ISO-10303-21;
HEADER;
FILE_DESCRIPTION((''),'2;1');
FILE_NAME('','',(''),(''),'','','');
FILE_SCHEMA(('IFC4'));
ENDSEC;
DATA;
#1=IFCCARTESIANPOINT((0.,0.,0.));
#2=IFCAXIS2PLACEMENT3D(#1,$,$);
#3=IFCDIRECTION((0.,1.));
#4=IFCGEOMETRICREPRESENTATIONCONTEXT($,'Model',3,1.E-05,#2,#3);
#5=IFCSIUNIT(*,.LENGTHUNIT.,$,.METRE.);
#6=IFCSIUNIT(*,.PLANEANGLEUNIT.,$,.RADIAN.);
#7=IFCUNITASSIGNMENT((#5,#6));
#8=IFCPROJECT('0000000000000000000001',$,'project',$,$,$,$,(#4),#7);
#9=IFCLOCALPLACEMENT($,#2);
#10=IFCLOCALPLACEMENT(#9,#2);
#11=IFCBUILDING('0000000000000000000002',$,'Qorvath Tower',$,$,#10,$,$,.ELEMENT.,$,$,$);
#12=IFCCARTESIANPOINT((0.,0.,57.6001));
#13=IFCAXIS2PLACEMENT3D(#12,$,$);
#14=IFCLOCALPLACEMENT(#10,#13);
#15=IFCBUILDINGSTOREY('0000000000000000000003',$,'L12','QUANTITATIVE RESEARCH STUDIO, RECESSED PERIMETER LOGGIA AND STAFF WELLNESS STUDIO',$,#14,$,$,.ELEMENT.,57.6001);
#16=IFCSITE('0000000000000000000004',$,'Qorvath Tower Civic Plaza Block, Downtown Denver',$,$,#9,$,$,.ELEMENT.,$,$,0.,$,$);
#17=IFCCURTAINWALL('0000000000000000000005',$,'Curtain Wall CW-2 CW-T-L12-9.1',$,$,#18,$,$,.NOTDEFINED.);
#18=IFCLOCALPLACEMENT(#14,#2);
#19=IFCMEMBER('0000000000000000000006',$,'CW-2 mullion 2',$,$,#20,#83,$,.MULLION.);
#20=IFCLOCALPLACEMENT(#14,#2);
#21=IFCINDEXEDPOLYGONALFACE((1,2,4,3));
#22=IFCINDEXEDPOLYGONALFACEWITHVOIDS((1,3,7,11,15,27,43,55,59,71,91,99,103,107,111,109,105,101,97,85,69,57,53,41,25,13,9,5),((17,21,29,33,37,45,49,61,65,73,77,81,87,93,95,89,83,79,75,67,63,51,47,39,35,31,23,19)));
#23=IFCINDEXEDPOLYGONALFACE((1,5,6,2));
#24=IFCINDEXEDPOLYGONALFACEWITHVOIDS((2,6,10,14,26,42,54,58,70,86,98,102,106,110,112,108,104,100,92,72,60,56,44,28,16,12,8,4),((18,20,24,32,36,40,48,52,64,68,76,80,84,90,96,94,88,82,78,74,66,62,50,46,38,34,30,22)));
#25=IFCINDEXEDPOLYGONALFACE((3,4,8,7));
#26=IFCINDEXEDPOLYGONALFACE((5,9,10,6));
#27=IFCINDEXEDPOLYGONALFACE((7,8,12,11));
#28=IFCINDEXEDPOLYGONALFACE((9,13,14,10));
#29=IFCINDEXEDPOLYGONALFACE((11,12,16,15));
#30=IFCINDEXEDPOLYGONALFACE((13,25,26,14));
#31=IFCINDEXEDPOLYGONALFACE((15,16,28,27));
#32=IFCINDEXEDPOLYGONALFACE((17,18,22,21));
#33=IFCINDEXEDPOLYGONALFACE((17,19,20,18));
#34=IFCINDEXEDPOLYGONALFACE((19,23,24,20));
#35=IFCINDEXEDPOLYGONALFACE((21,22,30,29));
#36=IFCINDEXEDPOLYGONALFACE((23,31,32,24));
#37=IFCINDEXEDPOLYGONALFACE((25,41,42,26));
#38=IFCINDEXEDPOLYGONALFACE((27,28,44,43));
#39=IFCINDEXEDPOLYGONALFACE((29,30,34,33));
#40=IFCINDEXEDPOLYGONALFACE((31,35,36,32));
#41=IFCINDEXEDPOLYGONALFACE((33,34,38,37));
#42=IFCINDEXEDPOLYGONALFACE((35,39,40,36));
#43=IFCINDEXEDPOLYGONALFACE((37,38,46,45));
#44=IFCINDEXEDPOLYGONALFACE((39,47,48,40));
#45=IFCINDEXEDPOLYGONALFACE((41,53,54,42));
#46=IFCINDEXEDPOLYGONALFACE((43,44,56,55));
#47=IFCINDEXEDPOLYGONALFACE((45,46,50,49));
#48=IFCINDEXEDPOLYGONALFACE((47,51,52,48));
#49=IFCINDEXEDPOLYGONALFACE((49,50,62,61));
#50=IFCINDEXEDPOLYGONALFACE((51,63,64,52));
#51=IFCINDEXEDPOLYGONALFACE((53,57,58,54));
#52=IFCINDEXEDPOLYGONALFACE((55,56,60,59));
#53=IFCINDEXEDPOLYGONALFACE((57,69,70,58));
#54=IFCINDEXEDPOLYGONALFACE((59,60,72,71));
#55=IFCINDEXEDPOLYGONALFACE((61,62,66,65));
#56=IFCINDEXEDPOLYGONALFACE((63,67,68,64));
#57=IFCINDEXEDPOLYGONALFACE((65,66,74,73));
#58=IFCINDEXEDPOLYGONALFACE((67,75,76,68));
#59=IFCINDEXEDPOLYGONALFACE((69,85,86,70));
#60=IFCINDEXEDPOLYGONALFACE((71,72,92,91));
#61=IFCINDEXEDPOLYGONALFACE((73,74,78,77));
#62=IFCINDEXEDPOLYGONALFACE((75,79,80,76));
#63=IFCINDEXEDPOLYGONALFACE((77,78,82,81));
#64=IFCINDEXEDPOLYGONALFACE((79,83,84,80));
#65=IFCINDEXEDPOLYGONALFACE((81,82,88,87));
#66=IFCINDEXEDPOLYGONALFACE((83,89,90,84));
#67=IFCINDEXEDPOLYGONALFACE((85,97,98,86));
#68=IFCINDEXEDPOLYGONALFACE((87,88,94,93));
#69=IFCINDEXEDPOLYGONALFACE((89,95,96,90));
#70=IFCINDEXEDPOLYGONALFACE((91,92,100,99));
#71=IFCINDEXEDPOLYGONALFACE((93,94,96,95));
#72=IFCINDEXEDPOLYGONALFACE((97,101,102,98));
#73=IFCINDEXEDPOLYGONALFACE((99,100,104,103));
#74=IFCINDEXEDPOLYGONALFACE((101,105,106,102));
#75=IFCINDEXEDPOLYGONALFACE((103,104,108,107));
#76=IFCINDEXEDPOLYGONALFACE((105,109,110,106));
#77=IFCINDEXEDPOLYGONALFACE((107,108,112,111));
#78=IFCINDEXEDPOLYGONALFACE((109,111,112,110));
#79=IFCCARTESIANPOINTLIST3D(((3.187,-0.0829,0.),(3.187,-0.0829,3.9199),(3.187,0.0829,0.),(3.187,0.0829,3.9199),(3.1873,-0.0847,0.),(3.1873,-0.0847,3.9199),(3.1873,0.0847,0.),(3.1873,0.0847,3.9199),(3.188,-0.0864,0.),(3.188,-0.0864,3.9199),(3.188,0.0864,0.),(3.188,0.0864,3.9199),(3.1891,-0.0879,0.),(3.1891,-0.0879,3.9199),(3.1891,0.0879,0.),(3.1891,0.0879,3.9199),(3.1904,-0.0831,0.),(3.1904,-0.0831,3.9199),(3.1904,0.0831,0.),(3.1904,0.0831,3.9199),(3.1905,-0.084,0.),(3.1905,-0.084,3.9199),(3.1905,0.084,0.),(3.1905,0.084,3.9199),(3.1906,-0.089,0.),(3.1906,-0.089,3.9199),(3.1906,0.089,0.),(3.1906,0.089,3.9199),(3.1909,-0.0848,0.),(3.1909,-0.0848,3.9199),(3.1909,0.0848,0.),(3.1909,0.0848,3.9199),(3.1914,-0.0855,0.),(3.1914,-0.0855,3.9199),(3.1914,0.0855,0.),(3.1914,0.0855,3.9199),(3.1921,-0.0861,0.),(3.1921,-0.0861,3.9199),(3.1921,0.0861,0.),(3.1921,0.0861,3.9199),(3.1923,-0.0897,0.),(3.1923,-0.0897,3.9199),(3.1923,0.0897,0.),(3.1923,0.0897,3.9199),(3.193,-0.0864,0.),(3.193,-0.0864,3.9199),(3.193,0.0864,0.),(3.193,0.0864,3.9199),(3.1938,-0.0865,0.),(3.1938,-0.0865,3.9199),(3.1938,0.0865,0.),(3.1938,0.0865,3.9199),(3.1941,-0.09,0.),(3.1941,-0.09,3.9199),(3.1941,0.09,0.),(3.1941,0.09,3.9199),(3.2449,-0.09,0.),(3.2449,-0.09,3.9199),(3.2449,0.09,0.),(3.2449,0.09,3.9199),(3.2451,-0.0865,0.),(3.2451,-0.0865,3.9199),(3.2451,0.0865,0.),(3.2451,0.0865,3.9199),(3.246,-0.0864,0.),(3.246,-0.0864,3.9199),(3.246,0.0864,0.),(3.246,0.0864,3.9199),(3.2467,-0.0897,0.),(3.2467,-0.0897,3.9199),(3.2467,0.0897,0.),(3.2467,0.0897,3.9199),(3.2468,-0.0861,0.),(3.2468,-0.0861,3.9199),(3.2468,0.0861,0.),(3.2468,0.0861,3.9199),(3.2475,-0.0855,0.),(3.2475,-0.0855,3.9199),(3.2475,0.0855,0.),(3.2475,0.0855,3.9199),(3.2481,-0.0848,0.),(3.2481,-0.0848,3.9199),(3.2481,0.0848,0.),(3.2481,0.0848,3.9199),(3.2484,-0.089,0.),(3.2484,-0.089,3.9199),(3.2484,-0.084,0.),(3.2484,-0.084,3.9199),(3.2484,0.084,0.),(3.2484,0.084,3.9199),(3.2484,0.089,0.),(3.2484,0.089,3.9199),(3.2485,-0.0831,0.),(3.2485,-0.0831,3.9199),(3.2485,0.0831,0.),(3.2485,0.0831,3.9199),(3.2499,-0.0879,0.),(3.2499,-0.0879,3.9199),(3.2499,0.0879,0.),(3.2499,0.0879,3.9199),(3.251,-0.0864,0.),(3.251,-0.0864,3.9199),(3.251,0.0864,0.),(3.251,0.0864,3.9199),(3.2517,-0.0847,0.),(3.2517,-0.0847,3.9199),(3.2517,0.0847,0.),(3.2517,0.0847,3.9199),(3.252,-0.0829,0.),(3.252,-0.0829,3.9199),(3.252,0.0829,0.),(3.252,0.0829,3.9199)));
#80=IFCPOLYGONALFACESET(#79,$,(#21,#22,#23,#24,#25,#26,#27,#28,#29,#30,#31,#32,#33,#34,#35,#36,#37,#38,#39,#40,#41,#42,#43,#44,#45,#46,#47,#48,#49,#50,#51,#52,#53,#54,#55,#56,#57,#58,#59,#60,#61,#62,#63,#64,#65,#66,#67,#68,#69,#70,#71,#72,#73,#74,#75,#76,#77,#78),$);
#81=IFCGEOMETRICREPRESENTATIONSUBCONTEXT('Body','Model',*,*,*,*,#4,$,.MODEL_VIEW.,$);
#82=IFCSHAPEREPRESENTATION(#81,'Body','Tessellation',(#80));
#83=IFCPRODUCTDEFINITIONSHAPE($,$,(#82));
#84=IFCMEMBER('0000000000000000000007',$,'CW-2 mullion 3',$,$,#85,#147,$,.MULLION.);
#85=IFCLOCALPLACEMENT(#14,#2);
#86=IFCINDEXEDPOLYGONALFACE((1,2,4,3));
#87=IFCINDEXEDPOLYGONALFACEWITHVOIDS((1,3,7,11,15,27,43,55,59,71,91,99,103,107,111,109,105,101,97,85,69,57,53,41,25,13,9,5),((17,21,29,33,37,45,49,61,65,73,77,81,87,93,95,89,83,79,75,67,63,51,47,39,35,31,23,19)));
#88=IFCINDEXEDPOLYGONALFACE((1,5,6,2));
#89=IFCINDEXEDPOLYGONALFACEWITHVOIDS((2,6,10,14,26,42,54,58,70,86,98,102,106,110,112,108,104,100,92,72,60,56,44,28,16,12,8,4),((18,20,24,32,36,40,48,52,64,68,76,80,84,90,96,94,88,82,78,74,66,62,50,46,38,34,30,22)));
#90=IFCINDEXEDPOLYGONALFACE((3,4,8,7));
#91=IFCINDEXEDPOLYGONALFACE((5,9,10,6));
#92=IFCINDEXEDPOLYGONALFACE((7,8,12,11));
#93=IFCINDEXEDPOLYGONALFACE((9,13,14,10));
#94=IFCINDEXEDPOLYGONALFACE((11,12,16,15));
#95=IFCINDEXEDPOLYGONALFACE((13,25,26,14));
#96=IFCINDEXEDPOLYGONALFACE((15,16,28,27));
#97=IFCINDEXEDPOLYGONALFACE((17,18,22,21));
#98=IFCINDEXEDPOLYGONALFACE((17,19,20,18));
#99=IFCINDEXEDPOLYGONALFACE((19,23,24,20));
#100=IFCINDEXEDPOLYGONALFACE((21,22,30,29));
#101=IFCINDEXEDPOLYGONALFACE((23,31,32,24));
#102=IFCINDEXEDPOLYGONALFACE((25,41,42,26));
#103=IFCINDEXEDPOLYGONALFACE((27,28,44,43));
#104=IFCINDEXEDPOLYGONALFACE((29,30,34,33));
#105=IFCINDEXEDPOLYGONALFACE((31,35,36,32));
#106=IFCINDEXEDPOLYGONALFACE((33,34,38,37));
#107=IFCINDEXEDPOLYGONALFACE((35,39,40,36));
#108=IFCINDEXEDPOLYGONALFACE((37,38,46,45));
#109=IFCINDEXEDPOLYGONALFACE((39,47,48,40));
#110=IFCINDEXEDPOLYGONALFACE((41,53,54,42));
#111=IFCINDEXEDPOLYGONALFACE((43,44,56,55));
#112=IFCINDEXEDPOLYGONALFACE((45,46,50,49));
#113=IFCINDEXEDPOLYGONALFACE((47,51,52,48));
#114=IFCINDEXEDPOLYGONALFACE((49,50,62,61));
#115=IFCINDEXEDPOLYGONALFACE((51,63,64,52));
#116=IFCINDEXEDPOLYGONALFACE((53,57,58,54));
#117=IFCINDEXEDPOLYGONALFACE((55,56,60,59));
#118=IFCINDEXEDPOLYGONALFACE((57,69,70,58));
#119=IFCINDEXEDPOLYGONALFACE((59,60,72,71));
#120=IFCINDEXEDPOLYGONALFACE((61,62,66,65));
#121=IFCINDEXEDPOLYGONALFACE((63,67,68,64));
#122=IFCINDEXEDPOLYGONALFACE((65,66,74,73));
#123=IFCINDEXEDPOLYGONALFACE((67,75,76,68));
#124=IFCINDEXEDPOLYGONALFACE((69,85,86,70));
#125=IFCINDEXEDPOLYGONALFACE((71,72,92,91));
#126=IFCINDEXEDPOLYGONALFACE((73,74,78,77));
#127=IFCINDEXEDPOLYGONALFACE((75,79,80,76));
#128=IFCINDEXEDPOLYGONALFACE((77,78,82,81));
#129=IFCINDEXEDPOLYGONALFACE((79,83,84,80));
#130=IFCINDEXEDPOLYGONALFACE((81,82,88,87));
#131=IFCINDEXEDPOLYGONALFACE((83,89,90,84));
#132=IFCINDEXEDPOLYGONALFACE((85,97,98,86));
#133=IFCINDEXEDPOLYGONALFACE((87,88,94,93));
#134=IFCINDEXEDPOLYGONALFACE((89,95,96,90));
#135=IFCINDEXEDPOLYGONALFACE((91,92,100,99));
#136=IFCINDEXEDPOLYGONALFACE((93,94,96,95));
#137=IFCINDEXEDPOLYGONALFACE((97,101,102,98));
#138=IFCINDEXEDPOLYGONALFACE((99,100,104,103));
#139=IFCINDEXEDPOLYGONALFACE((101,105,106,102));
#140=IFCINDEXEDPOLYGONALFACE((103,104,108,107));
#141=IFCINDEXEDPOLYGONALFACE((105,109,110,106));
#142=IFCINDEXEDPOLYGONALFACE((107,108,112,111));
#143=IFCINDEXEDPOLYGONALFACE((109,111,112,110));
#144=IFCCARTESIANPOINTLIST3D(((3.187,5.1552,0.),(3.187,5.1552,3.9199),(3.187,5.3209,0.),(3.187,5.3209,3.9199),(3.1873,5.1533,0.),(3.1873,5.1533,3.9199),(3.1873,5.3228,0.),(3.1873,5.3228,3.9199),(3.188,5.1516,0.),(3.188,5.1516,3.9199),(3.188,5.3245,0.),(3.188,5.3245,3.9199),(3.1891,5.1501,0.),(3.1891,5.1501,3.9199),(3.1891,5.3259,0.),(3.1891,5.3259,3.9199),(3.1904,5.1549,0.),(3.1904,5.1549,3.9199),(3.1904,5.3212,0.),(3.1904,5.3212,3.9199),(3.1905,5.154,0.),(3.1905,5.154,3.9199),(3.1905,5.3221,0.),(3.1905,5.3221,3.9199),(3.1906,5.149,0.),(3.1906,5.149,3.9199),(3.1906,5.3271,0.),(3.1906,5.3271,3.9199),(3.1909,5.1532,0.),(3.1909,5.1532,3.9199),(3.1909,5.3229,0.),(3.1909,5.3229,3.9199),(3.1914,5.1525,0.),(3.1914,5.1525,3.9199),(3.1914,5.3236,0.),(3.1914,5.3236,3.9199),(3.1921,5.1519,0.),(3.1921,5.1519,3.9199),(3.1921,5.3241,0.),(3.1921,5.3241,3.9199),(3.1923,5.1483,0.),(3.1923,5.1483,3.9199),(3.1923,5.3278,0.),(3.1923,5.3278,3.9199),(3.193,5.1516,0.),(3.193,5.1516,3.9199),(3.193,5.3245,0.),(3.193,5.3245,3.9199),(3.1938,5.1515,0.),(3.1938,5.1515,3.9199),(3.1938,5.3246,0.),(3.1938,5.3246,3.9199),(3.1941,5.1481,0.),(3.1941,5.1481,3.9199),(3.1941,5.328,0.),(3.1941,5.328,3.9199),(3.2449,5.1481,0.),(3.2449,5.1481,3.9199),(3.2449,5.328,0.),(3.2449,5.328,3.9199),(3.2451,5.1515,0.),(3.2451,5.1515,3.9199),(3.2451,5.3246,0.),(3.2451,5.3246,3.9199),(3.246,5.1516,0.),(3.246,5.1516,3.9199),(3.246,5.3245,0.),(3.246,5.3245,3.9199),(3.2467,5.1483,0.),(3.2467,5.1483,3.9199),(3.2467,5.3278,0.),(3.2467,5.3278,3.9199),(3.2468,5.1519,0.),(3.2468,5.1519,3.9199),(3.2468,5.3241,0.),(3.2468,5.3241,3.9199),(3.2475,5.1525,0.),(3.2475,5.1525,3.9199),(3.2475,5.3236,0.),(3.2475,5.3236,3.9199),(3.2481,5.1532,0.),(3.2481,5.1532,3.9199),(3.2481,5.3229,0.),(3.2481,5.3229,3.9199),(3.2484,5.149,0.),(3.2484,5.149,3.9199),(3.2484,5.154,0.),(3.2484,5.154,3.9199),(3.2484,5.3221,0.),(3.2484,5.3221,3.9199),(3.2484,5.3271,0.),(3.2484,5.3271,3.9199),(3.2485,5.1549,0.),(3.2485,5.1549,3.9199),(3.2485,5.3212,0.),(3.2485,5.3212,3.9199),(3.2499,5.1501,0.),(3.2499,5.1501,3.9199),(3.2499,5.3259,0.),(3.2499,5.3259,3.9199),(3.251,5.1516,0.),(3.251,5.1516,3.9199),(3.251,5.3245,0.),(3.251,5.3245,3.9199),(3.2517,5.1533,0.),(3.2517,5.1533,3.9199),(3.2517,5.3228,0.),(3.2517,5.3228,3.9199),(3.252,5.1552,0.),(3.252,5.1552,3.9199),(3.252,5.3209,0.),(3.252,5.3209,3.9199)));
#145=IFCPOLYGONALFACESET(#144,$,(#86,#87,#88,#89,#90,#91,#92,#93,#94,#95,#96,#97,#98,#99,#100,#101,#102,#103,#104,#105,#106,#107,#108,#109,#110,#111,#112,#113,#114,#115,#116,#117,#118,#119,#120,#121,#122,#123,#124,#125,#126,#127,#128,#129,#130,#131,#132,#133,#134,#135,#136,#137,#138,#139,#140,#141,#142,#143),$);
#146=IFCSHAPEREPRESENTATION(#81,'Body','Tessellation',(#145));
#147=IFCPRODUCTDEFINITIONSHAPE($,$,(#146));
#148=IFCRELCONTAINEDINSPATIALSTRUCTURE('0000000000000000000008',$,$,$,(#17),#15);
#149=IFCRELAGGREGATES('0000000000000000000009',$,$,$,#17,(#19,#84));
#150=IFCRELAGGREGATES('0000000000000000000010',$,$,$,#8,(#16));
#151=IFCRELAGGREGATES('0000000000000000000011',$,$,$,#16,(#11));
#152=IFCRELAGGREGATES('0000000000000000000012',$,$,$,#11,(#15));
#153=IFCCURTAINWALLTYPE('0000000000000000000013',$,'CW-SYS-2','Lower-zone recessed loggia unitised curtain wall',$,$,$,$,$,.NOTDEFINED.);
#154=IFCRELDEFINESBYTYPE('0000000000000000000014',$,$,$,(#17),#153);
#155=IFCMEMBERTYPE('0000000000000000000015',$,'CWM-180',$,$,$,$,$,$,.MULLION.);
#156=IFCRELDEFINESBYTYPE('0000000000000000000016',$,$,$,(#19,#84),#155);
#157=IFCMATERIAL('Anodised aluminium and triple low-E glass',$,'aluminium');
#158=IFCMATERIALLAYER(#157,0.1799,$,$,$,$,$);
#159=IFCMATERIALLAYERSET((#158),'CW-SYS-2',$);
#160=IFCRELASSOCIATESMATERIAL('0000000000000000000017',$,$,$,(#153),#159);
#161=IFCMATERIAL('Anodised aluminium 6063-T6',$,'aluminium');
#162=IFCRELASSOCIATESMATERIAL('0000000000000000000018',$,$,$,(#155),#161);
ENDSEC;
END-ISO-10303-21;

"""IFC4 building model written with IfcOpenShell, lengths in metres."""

from ifc_helpers import new_model, si_unit, direction, frame, origin, origin_2d, place, context, subcontext, project, spatial, hollow_rectangle, extrude, material, layer, layer_set, material_profile, profile_set, type_object, element, aggregate, save


model = new_model("IFC4")

# Units and contexts
model_context = context("Model", 3, precision=1e-05, world=origin(), true_north=direction((0.0, 1.0)))
body_context = subcontext(model_context, "Body", "Model", "MODEL_VIEW")
ifc_project = project(units=[si_unit("LENGTHUNIT", "METRE"), si_unit("PLANEANGLEUNIT", "RADIAN")], contexts=[model_context])

# Site, building, storey
site_placement = place(None, origin())
site = spatial("IfcSite", under=ifc_project, at=site_placement, Name="Qorvath Tower Civic Plaza Block, Downtown Denver", CompositionType="ELEMENT", RefElevation=0.0)
building_placement = place(site_placement, origin())
building = spatial("IfcBuilding", under=site, at=building_placement, Name="Qorvath Tower", CompositionType="ELEMENT")
storey_placement = place(building_placement, frame((0.0, 0.0, 57.6001)))
storey = spatial("IfcBuildingStorey", under=building, at=storey_placement, Name="L12", Description="QUANTITATIVE RESEARCH STUDIO, RECESSED PERIMETER LOGGIA AND STAFF WELLNESS STUDIO", CompositionType="ELEMENT", Elevation=57.6001)

# Curtain wall, members
ifc_material_1 = material(Name="Anodised aluminium and triple low-E glass", Category="aluminium")
ifc_layer_1 = layer(ifc_material_1, 0.1799)
ifc_layer_set_1 = layer_set([ifc_layer_1], Name="CW-SYS-2")
curtain_wall_type = type_object("IfcCurtainWallType", Name="CW-SYS-2", Description="Lower-zone recessed loggia unitised curtain wall", PredefinedType="NOTDEFINED", material=ifc_layer_set_1)
curtain_wall_1_placement = place(storey_placement, origin())
curtain_wall_1 = element("IfcCurtainWall", 1, at=curtain_wall_1_placement, inside=storey, type_object=curtain_wall_type, Name="Curtain Wall CW-2 CW-T-L12-9.1", PredefinedType="NOTDEFINED")
ifc_material_2 = material(Name="Anodised aluminium 6063-T6", Category="aluminium")
ifc_material_profile_1 = material_profile(ifc_material_2, hollow_rectangle(XDim=0.0649, YDim=0.1799, WallThickness=0.0034, InnerFilletRadius=0.0034, OuterFilletRadius=0.0071, at=origin_2d()), Name="CWM 180x65")
ifc_profile_set_1 = profile_set([ifc_material_profile_1], Name="Anodised aluminium 6063-T6")
member_type_1 = type_object("IfcMemberType", Name="CWM-180", PredefinedType="MULLION", material=ifc_profile_set_1)
member_1_placement = place(storey_placement, frame((3.2195, 0.0, 0.0), z_axis=(0.0, 0.0, 1.0), x_axis=(-1.0, 0.0, 0.0)))
member_1 = element("IfcMember", 2, at=member_1_placement, type_object=member_type_1, Name="CW-2 mullion 2", PredefinedType="MULLION", context=body_context, shape_type="SweptSolid", body=[
    extrude(hollow_rectangle(XDim=0.0649, YDim=0.1799, WallThickness=0.0034, InnerFilletRadius=0.0034, OuterFilletRadius=0.0071, at=origin_2d()), origin(), (0.0, 0.0, 1.0), 3.9199),
])
member_2_placement = place(storey_placement, frame((3.2195, 5.238, 0.0), z_axis=(0.0, 0.0, 1.0), x_axis=(-1.0, 0.0, 0.0)))
member_2 = element("IfcMember", 3, at=member_2_placement, type_object=member_type_1, Name="CW-2 mullion 3", PredefinedType="MULLION", context=body_context, shape_type="SweptSolid", body=[
    extrude(hollow_rectangle(XDim=0.0649, YDim=0.1799, WallThickness=0.0034, InnerFilletRadius=0.0034, OuterFilletRadius=0.0071, at=origin_2d()), origin(), (0.0, 0.0, 1.0), 3.9199),
])

aggregate(curtain_wall_1, [member_1, member_2])

save(model, "model.ifc")
